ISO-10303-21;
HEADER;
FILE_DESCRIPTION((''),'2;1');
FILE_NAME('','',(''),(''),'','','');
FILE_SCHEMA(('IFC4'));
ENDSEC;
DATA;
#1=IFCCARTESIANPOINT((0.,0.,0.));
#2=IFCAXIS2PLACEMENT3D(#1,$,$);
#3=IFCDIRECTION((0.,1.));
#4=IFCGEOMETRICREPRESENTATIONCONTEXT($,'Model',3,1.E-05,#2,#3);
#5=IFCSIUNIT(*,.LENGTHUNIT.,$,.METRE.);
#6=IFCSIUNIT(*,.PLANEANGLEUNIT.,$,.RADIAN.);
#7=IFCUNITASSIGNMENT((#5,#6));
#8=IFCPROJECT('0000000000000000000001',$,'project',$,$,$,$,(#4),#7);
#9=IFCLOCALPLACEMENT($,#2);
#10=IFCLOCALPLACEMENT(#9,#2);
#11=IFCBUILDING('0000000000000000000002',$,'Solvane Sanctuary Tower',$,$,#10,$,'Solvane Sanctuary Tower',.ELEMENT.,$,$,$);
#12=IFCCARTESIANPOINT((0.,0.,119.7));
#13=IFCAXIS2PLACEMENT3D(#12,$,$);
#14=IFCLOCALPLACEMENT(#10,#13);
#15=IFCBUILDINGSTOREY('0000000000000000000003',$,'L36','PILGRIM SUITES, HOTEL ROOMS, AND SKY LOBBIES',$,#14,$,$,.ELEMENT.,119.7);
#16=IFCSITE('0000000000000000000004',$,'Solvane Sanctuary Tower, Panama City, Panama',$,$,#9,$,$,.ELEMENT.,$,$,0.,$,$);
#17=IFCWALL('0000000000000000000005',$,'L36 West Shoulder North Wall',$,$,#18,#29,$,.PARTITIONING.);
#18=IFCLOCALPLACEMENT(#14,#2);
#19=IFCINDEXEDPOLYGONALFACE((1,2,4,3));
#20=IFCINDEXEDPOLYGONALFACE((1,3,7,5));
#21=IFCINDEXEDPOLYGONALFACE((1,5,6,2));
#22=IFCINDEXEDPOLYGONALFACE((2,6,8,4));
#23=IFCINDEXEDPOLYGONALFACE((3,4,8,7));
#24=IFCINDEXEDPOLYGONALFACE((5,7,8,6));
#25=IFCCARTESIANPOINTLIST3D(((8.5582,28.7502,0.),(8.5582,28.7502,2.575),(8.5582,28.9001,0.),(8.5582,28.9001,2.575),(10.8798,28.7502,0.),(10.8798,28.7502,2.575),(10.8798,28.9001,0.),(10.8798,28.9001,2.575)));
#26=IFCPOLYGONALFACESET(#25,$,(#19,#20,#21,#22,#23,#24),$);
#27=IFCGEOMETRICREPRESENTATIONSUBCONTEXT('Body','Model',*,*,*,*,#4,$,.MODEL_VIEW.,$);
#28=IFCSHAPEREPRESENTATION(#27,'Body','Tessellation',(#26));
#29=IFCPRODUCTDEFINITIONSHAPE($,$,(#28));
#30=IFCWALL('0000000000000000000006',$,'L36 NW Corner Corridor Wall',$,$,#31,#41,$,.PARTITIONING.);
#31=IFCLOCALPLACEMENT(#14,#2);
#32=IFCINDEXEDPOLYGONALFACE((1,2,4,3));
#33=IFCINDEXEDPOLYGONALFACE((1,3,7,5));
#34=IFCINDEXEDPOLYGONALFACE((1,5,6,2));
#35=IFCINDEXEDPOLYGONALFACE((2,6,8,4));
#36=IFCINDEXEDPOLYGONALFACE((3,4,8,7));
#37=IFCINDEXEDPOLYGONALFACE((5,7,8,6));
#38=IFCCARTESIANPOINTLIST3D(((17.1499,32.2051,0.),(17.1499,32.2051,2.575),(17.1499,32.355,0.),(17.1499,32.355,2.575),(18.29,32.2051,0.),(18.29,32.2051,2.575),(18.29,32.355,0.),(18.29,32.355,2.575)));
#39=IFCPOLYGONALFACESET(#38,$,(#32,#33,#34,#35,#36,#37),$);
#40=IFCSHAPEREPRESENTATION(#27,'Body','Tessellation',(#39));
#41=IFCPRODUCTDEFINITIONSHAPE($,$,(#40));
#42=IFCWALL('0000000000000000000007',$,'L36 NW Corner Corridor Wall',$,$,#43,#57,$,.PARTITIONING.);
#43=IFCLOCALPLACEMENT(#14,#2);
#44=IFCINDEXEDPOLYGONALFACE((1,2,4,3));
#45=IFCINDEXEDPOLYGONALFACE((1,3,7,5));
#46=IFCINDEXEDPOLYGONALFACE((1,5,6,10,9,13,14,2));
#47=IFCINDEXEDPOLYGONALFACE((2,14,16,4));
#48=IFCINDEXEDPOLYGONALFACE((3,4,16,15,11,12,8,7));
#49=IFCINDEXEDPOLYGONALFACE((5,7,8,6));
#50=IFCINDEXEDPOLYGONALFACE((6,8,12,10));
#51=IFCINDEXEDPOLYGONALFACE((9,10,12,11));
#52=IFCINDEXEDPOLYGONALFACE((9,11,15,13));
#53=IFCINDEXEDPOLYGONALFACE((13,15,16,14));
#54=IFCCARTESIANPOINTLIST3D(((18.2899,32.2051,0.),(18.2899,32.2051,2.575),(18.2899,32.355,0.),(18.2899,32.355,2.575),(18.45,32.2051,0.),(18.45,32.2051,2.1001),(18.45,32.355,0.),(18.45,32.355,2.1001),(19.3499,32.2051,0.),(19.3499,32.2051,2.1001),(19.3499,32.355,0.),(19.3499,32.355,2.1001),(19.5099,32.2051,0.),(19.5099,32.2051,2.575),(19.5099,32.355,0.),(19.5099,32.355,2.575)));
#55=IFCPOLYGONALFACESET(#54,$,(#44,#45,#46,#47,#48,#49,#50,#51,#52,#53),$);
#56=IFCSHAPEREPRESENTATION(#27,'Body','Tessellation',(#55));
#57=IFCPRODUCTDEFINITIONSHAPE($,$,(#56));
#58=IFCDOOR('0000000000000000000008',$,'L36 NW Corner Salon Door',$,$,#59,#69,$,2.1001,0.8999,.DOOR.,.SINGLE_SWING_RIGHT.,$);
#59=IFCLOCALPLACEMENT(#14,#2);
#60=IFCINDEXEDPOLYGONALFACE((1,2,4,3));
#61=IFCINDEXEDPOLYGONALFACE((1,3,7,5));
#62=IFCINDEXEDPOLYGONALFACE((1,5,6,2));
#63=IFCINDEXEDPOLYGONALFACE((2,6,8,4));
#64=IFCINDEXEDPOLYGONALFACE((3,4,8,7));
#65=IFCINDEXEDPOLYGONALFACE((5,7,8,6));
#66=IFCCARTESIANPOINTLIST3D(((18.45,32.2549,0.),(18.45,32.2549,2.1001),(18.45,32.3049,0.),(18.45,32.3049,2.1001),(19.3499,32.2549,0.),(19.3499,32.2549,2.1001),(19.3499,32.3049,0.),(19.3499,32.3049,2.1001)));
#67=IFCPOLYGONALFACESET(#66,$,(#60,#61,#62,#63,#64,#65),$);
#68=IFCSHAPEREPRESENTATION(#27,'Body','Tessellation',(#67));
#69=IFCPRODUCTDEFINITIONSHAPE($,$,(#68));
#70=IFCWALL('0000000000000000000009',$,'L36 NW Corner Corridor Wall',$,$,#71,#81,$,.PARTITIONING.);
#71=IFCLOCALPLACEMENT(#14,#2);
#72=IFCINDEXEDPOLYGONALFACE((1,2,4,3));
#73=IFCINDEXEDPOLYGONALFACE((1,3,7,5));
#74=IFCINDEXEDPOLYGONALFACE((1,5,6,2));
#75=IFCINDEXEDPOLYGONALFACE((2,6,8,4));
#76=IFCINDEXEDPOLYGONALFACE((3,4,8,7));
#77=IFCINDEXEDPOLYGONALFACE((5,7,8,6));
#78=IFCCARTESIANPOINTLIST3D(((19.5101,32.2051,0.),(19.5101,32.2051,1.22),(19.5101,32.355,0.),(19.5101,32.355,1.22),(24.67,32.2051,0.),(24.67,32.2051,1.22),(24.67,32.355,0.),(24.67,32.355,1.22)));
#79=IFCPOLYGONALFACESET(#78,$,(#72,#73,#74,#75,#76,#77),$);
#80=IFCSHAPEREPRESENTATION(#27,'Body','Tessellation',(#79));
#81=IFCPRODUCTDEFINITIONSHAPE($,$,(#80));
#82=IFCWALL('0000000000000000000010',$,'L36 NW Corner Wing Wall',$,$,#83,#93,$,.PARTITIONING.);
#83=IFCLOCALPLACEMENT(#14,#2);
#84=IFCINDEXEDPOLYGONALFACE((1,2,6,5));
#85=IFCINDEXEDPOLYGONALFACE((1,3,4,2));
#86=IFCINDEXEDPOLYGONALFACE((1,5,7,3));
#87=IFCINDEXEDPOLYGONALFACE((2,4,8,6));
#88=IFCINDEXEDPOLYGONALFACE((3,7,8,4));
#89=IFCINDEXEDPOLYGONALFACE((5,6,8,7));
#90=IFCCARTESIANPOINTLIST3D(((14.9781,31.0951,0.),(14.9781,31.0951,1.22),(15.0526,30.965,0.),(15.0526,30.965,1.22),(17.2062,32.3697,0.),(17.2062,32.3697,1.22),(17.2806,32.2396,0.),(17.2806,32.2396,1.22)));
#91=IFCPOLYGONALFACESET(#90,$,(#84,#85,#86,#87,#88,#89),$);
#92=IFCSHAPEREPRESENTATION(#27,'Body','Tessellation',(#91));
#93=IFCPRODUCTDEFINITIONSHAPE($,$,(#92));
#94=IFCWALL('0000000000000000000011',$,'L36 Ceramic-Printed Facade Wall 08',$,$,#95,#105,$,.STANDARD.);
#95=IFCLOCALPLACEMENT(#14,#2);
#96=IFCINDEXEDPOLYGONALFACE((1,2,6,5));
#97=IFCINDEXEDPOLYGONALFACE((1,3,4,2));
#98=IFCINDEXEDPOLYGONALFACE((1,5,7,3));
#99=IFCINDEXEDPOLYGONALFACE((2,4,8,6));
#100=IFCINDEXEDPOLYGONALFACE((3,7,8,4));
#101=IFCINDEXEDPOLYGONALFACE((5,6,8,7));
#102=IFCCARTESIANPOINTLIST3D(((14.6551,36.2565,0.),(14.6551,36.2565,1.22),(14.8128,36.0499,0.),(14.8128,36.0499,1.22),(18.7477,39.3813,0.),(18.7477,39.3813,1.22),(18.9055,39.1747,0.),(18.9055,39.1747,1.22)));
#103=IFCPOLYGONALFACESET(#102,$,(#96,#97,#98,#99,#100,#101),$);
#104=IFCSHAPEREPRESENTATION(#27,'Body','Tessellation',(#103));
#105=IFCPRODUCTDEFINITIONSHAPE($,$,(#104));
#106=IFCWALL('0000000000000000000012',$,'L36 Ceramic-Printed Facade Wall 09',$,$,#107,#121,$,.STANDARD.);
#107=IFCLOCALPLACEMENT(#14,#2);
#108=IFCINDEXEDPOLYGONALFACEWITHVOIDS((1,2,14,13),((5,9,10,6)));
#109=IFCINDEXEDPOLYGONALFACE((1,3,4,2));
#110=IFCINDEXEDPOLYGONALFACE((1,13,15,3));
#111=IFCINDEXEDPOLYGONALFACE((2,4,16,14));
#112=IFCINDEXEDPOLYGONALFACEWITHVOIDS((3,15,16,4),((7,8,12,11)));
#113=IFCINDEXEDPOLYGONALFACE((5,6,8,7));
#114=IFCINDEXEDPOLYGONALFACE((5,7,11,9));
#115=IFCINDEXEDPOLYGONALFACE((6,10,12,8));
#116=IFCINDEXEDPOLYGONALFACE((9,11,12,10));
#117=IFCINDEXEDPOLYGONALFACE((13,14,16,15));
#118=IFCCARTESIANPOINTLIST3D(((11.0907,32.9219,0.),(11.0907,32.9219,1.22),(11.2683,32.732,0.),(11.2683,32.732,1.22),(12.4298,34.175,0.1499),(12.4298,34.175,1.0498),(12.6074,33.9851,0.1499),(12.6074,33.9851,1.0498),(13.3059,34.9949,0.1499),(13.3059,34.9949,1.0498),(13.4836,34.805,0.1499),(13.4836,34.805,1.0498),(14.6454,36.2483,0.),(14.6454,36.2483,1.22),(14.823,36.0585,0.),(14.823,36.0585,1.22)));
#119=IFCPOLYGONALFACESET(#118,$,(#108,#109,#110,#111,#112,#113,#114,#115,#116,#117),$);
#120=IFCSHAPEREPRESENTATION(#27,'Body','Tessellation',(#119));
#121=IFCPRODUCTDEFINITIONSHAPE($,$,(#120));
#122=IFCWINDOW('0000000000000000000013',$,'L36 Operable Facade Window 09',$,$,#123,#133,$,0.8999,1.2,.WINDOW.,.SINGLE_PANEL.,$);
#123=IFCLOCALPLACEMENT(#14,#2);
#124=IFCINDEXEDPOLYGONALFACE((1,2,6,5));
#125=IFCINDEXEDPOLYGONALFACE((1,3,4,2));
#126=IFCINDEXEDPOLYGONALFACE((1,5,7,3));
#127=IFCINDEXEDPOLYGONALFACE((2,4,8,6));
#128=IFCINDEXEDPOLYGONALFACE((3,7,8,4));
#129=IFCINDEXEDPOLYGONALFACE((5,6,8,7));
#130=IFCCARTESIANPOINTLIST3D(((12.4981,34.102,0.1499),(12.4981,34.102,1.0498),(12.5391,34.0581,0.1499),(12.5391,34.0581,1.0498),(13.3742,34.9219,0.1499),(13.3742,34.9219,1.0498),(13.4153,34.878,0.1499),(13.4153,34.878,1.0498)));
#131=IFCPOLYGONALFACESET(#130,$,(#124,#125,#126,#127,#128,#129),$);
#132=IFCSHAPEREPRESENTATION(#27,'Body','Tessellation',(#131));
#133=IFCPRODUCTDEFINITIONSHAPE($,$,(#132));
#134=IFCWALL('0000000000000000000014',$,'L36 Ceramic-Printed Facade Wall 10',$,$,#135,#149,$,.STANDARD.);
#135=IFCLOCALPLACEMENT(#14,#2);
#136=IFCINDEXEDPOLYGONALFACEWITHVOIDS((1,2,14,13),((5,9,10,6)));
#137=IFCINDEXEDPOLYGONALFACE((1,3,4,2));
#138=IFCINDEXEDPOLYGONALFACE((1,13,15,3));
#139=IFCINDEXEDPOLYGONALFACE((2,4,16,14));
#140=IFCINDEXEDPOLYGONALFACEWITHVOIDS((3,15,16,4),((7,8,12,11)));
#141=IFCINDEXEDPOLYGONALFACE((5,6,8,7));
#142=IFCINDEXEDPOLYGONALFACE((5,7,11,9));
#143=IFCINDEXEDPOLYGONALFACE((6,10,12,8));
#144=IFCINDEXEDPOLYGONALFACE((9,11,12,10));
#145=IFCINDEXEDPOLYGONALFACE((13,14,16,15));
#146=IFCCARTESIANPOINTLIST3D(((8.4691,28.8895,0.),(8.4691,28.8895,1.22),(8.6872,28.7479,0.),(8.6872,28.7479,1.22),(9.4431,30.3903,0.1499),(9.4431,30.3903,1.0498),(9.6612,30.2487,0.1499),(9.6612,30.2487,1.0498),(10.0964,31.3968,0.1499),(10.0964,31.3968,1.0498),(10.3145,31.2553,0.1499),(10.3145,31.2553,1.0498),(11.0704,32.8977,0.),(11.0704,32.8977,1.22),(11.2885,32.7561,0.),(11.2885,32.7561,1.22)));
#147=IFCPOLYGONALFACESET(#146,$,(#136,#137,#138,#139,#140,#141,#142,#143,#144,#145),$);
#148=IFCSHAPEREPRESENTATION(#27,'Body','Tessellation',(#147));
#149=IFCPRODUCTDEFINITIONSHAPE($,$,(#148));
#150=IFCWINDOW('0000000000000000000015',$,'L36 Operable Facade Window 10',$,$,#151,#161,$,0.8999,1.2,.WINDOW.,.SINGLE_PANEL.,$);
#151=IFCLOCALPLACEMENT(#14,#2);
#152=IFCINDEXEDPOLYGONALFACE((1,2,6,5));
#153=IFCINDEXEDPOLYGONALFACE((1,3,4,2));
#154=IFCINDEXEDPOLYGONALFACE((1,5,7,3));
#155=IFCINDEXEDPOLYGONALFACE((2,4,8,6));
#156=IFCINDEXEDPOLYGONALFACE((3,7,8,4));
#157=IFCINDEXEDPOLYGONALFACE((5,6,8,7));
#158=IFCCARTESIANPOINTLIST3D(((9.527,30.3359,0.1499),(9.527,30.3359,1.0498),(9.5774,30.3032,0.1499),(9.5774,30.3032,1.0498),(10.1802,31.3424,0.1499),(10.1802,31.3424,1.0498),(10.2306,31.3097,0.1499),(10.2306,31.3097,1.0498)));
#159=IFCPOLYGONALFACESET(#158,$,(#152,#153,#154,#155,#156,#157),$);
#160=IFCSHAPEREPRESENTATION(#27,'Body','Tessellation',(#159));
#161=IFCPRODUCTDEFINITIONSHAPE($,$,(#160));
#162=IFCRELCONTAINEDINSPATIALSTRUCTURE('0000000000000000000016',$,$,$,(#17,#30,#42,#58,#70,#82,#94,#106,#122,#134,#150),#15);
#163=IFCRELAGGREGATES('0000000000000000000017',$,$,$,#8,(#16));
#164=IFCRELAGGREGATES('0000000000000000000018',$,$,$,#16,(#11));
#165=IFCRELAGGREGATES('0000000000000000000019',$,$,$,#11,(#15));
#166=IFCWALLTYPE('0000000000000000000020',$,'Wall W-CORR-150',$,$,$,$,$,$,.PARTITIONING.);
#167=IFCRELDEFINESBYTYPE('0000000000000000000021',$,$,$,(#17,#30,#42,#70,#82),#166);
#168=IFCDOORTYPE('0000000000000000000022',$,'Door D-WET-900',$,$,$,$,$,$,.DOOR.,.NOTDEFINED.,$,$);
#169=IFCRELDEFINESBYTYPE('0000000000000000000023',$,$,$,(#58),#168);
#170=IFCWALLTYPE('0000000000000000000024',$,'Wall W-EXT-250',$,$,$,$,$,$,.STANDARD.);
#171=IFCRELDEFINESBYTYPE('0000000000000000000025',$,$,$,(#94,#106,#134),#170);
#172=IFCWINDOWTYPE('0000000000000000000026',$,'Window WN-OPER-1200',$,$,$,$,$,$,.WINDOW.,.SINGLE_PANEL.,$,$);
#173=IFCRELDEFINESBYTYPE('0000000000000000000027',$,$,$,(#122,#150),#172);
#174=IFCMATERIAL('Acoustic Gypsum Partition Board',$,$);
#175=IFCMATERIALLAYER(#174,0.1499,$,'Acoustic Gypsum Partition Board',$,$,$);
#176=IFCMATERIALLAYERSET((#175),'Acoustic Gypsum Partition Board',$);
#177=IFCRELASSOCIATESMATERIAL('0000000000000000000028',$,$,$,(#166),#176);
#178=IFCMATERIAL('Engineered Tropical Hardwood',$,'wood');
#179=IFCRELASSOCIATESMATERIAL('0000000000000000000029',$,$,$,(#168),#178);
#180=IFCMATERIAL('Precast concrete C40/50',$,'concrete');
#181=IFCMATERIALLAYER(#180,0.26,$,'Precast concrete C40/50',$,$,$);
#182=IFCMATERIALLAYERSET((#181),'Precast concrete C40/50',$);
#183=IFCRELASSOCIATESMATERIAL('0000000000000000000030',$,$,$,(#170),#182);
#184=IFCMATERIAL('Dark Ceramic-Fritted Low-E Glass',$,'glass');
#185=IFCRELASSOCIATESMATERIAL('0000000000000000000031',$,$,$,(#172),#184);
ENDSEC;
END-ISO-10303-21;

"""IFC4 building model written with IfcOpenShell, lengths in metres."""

from ifc_helpers import new_model, si_unit, direction, frame, frame_2d, origin, place, context, subcontext, project, spatial, rectangle, extrude, material, layer, layer_set, type_object, element, fill, save


model = new_model("IFC4")

# Units and contexts
model_context = context("Model", 3, precision=1e-05, world=origin(), true_north=direction((0.0, 1.0)))
body_context = subcontext(model_context, "Body", "Model", "MODEL_VIEW")
ifc_project = project(units=[si_unit("LENGTHUNIT", "METRE"), si_unit("PLANEANGLEUNIT", "RADIAN")], contexts=[model_context])

# Site, building, storey
site_placement = place(None, origin())
site = spatial("IfcSite", under=ifc_project, at=site_placement, Name="Solvane Sanctuary Tower, Panama City, Panama", CompositionType="ELEMENT", RefElevation=0.0)
building_placement = place(site_placement, origin())
building = spatial("IfcBuilding", under=site, at=building_placement, Name="Solvane Sanctuary Tower", LongName="Solvane Sanctuary Tower", CompositionType="ELEMENT")
storey_placement = place(building_placement, frame((0.0, 0.0, 119.7)))
storey = spatial("IfcBuildingStorey", under=building, at=storey_placement, Name="L36", Description="PILGRIM SUITES, HOTEL ROOMS, AND SKY LOBBIES", CompositionType="ELEMENT", Elevation=119.7)

# Walls
ifc_material_1 = material(Name="Acoustic Gypsum Partition Board")
ifc_layer_1 = layer(ifc_material_1, 0.1499, Name="Acoustic Gypsum Partition Board")
ifc_layer_set_1 = layer_set([ifc_layer_1], Name="Acoustic Gypsum Partition Board")
wall_type_1 = type_object("IfcWallType", Name="Wall W-CORR-150", PredefinedType="PARTITIONING", material=ifc_layer_set_1)
wall_1_placement = place(storey_placement, frame((8.5583, 28.8252, 0.0), z_axis=(0.0, 0.0, 1.0), x_axis=(1.0, 0.0, 0.0)))
element("IfcWall", 1, at=wall_1_placement, inside=storey, type_object=wall_type_1, Name="L36 West Shoulder North Wall", PredefinedType="PARTITIONING", context=body_context, shape_type="SweptSolid", body=[
    extrude(rectangle(XDim=2.3215, YDim=0.1499, at=frame_2d((1.1606, 0.0))), origin(), (0.0, 0.0, 1.0), 2.575),
])
wall_2_placement = place(storey_placement, frame((17.1499, 32.28, 0.0), z_axis=(0.0, 0.0, 1.0), x_axis=(1.0, 0.0, 0.0)))
element("IfcWall", 2, at=wall_2_placement, inside=storey, type_object=wall_type_1, Name="L36 NW Corner Corridor Wall", PredefinedType="PARTITIONING", context=body_context, shape_type="SweptSolid", body=[
    extrude(rectangle(XDim=1.1401, YDim=0.1499, at=frame_2d((0.5701, 0.0))), origin(), (0.0, 0.0, 1.0), 2.575),
])

# Wall, opening, door
wall_3_placement = place(storey_placement, frame((18.29, 32.28, 0.0), z_axis=(0.0, 0.0, 1.0), x_axis=(1.0, 0.0, 0.0)))
wall_3 = element("IfcWall", 3, at=wall_3_placement, inside=storey, type_object=wall_type_1, Name="L36 NW Corner Corridor Wall", PredefinedType="PARTITIONING", context=body_context, shape_type="SweptSolid", body=[
    extrude(rectangle(XDim=1.22, YDim=0.1499, at=frame_2d((0.6099, 0.0))), origin(), (0.0, 0.0, 1.0), 2.575),
])
opening_1_placement = place(wall_3_placement, frame((0.1599, 0.0, 0.0)))
opening_1 = element("IfcOpeningElement", 4, at=opening_1_placement, cuts=wall_3, PredefinedType="OPENING", context=body_context, shape_type="SweptSolid", body=[
    extrude(rectangle(XDim=0.8999, YDim=2.1001, at=frame_2d((0.45, 1.05))), frame((0.0, 0.085, 0.0), z_axis=(0.0, -1.0, 0.0), x_axis=(1.0, 0.0, 0.0)), (0.0, 0.0, 1.0), 0.1699),
])
ifc_material_2 = material(Name="Engineered Tropical Hardwood", Category="wood")
door_type_1 = type_object("IfcDoorType", Name="Door D-WET-900", OperationType="NOTDEFINED", PredefinedType="DOOR", material=ifc_material_2)
door_1_placement = place(opening_1_placement, origin())
door_1 = element("IfcDoor", 5, at=door_1_placement, inside=storey, type_object=door_type_1, Name="L36 NW Corner Salon Door", OperationType="SINGLE_SWING_RIGHT", OverallHeight=2.1001, OverallWidth=0.8999, PredefinedType="DOOR", context=body_context, shape_type="SweptSolid", body=[
    extrude(rectangle(XDim=0.8999, YDim=2.1001, at=frame_2d((0.45, 1.05))), frame((0.0, 0.0249, 0.0), z_axis=(0.0, -1.0, 0.0), x_axis=(1.0, 0.0, 0.0)), (0.0, 0.0, 1.0), 0.05),
])
fill(opening_1, door_1)

# Walls
wall_4_placement = place(storey_placement, frame((19.51, 32.28, 0.0), z_axis=(0.0, 0.0, 1.0), x_axis=(1.0, 0.0, 0.0)))
element("IfcWall", 6, at=wall_4_placement, inside=storey, type_object=wall_type_1, Name="L36 NW Corner Corridor Wall", PredefinedType="PARTITIONING", context=body_context, shape_type="SweptSolid", body=[
    extrude(rectangle(XDim=5.1599, YDim=0.1499, at=frame_2d((2.5801, 0.0))), origin(), (0.0, 0.0, 1.0), 1.22),
])
wall_5_placement = place(storey_placement, frame((17.2434, 32.3047, 0.0), z_axis=(0.0, 0.0, 1.0), x_axis=(-0.867991, -0.496579, 0.0)))
element("IfcWall", 7, at=wall_5_placement, inside=storey, type_object=wall_type_1, Name="L36 NW Corner Wing Wall", PredefinedType="PARTITIONING", context=body_context, shape_type="SweptSolid", body=[
    extrude(rectangle(XDim=2.5669, YDim=0.1499, at=frame_2d((1.2834, 0.0))), origin(), (0.0, 0.0, 1.0), 1.22),
])
ifc_material_3 = material(Name="Precast concrete C40/50", Category="concrete")
ifc_layer_2 = layer(ifc_material_3, 0.26, Name="Precast concrete C40/50")
ifc_layer_set_2 = layer_set([ifc_layer_2], Name="Precast concrete C40/50")
wall_type_2 = type_object("IfcWallType", Name="Wall W-EXT-250", PredefinedType="STANDARD", material=ifc_layer_set_2)
wall_6_placement = place(storey_placement, frame((18.8267, 39.2781, 0.0), z_axis=(0.0, 0.0, 1.0), x_axis=(-0.79481, -0.606859, 0.0)))
element("IfcWall", 8, at=wall_6_placement, inside=storey, type_object=wall_type_2, Name="L36 Ceramic-Printed Facade Wall 08", PredefinedType="STANDARD", context=body_context, shape_type="SweptSolid", body=[
    extrude(rectangle(XDim=5.1492, YDim=0.26, at=frame_2d((2.5747, 0.0))), origin(), (0.0, 0.0, 1.0), 1.22),
])

# Walls, openings, windows
wall_7_placement = place(storey_placement, frame((14.7341, 36.1533, 0.0), z_axis=(0.0, 0.0, 1.0), x_axis=(-0.730162, -0.683274, 0.0)))
wall_7 = element("IfcWall", 9, at=wall_7_placement, inside=storey, type_object=wall_type_2, Name="L36 Ceramic-Printed Facade Wall 09", PredefinedType="STANDARD", context=body_context, shape_type="SweptSolid", body=[
    extrude(rectangle(XDim=4.8684, YDim=0.26, at=frame_2d((2.4341, 0.0))), origin(), (0.0, 0.0, 1.0), 1.22),
])
opening_2_placement = place(wall_7_placement, frame((1.8342, 0.0, 0.1499)))
opening_2 = element("IfcOpeningElement", 10, at=opening_2_placement, cuts=wall_7, PredefinedType="OPENING", context=body_context, shape_type="SweptSolid", body=[
    extrude(rectangle(XDim=1.2, YDim=0.8999, at=frame_2d((0.6001, 0.45))), frame((0.0, 0.1399, 0.0), z_axis=(0.0, -1.0, 0.0), x_axis=(1.0, 0.0, 0.0)), (0.0, 0.0, 1.0), 0.28),
])
ifc_material_4 = material(Name="Dark Ceramic-Fritted Low-E Glass", Category="glass")
window_type_1 = type_object("IfcWindowType", Name="Window WN-OPER-1200", PartitioningType="SINGLE_PANEL", PredefinedType="WINDOW", material=ifc_material_4)
window_1_placement = place(opening_2_placement, origin())
window_1 = element("IfcWindow", 11, at=window_1_placement, inside=storey, type_object=window_type_1, Name="L36 Operable Facade Window 09", OverallHeight=0.8999, OverallWidth=1.2, PartitioningType="SINGLE_PANEL", PredefinedType="WINDOW", context=body_context, shape_type="SweptSolid", body=[
    extrude(rectangle(XDim=1.2, YDim=0.8999, at=frame_2d((0.6001, 0.45))), frame((0.0, 0.03, 0.0), z_axis=(0.0, -1.0, 0.0), x_axis=(1.0, 0.0, 0.0)), (0.0, 0.0, 1.0), 0.0601),
])
fill(opening_2, window_1)
wall_8_placement = place(storey_placement, frame((11.1794, 32.8269, 0.0), z_axis=(0.0, 0.0, 1.0), x_axis=(-0.544388, -0.838833, 0.0)))
wall_8 = element("IfcWall", 12, at=wall_8_placement, inside=storey, type_object=wall_type_2, Name="L36 Ceramic-Printed Facade Wall 10", PredefinedType="STANDARD", context=body_context, shape_type="SweptSolid", body=[
    extrude(rectangle(XDim=4.7783, YDim=0.26, at=frame_2d((2.3892, 0.0))), origin(), (0.0, 0.0, 1.0), 1.22),
])
opening_3_placement = place(wall_8_placement, frame((1.7891, 0.0, 0.1499)))
opening_3 = element("IfcOpeningElement", 13, at=opening_3_placement, cuts=wall_8, PredefinedType="OPENING", context=body_context, shape_type="SweptSolid", body=[
    extrude(rectangle(XDim=1.2, YDim=0.8999, at=frame_2d((0.6001, 0.45))), frame((0.0, 0.1399, 0.0), z_axis=(0.0, -1.0, 0.0), x_axis=(1.0, 0.0, 0.0)), (0.0, 0.0, 1.0), 0.28),
])
window_2_placement = place(opening_3_placement, origin())
window_2 = element("IfcWindow", 14, at=window_2_placement, inside=storey, type_object=window_type_1, Name="L36 Operable Facade Window 10", OverallHeight=0.8999, OverallWidth=1.2, PartitioningType="SINGLE_PANEL", PredefinedType="WINDOW", context=body_context, shape_type="SweptSolid", body=[
    extrude(rectangle(XDim=1.2, YDim=0.8999, at=frame_2d((0.6001, 0.45))), frame((0.0, 0.03, 0.0), z_axis=(0.0, -1.0, 0.0), x_axis=(1.0, 0.0, 0.0)), (0.0, 0.0, 1.0), 0.0601),
])
fill(opening_3, window_2)

save(model, "model.ifc")
